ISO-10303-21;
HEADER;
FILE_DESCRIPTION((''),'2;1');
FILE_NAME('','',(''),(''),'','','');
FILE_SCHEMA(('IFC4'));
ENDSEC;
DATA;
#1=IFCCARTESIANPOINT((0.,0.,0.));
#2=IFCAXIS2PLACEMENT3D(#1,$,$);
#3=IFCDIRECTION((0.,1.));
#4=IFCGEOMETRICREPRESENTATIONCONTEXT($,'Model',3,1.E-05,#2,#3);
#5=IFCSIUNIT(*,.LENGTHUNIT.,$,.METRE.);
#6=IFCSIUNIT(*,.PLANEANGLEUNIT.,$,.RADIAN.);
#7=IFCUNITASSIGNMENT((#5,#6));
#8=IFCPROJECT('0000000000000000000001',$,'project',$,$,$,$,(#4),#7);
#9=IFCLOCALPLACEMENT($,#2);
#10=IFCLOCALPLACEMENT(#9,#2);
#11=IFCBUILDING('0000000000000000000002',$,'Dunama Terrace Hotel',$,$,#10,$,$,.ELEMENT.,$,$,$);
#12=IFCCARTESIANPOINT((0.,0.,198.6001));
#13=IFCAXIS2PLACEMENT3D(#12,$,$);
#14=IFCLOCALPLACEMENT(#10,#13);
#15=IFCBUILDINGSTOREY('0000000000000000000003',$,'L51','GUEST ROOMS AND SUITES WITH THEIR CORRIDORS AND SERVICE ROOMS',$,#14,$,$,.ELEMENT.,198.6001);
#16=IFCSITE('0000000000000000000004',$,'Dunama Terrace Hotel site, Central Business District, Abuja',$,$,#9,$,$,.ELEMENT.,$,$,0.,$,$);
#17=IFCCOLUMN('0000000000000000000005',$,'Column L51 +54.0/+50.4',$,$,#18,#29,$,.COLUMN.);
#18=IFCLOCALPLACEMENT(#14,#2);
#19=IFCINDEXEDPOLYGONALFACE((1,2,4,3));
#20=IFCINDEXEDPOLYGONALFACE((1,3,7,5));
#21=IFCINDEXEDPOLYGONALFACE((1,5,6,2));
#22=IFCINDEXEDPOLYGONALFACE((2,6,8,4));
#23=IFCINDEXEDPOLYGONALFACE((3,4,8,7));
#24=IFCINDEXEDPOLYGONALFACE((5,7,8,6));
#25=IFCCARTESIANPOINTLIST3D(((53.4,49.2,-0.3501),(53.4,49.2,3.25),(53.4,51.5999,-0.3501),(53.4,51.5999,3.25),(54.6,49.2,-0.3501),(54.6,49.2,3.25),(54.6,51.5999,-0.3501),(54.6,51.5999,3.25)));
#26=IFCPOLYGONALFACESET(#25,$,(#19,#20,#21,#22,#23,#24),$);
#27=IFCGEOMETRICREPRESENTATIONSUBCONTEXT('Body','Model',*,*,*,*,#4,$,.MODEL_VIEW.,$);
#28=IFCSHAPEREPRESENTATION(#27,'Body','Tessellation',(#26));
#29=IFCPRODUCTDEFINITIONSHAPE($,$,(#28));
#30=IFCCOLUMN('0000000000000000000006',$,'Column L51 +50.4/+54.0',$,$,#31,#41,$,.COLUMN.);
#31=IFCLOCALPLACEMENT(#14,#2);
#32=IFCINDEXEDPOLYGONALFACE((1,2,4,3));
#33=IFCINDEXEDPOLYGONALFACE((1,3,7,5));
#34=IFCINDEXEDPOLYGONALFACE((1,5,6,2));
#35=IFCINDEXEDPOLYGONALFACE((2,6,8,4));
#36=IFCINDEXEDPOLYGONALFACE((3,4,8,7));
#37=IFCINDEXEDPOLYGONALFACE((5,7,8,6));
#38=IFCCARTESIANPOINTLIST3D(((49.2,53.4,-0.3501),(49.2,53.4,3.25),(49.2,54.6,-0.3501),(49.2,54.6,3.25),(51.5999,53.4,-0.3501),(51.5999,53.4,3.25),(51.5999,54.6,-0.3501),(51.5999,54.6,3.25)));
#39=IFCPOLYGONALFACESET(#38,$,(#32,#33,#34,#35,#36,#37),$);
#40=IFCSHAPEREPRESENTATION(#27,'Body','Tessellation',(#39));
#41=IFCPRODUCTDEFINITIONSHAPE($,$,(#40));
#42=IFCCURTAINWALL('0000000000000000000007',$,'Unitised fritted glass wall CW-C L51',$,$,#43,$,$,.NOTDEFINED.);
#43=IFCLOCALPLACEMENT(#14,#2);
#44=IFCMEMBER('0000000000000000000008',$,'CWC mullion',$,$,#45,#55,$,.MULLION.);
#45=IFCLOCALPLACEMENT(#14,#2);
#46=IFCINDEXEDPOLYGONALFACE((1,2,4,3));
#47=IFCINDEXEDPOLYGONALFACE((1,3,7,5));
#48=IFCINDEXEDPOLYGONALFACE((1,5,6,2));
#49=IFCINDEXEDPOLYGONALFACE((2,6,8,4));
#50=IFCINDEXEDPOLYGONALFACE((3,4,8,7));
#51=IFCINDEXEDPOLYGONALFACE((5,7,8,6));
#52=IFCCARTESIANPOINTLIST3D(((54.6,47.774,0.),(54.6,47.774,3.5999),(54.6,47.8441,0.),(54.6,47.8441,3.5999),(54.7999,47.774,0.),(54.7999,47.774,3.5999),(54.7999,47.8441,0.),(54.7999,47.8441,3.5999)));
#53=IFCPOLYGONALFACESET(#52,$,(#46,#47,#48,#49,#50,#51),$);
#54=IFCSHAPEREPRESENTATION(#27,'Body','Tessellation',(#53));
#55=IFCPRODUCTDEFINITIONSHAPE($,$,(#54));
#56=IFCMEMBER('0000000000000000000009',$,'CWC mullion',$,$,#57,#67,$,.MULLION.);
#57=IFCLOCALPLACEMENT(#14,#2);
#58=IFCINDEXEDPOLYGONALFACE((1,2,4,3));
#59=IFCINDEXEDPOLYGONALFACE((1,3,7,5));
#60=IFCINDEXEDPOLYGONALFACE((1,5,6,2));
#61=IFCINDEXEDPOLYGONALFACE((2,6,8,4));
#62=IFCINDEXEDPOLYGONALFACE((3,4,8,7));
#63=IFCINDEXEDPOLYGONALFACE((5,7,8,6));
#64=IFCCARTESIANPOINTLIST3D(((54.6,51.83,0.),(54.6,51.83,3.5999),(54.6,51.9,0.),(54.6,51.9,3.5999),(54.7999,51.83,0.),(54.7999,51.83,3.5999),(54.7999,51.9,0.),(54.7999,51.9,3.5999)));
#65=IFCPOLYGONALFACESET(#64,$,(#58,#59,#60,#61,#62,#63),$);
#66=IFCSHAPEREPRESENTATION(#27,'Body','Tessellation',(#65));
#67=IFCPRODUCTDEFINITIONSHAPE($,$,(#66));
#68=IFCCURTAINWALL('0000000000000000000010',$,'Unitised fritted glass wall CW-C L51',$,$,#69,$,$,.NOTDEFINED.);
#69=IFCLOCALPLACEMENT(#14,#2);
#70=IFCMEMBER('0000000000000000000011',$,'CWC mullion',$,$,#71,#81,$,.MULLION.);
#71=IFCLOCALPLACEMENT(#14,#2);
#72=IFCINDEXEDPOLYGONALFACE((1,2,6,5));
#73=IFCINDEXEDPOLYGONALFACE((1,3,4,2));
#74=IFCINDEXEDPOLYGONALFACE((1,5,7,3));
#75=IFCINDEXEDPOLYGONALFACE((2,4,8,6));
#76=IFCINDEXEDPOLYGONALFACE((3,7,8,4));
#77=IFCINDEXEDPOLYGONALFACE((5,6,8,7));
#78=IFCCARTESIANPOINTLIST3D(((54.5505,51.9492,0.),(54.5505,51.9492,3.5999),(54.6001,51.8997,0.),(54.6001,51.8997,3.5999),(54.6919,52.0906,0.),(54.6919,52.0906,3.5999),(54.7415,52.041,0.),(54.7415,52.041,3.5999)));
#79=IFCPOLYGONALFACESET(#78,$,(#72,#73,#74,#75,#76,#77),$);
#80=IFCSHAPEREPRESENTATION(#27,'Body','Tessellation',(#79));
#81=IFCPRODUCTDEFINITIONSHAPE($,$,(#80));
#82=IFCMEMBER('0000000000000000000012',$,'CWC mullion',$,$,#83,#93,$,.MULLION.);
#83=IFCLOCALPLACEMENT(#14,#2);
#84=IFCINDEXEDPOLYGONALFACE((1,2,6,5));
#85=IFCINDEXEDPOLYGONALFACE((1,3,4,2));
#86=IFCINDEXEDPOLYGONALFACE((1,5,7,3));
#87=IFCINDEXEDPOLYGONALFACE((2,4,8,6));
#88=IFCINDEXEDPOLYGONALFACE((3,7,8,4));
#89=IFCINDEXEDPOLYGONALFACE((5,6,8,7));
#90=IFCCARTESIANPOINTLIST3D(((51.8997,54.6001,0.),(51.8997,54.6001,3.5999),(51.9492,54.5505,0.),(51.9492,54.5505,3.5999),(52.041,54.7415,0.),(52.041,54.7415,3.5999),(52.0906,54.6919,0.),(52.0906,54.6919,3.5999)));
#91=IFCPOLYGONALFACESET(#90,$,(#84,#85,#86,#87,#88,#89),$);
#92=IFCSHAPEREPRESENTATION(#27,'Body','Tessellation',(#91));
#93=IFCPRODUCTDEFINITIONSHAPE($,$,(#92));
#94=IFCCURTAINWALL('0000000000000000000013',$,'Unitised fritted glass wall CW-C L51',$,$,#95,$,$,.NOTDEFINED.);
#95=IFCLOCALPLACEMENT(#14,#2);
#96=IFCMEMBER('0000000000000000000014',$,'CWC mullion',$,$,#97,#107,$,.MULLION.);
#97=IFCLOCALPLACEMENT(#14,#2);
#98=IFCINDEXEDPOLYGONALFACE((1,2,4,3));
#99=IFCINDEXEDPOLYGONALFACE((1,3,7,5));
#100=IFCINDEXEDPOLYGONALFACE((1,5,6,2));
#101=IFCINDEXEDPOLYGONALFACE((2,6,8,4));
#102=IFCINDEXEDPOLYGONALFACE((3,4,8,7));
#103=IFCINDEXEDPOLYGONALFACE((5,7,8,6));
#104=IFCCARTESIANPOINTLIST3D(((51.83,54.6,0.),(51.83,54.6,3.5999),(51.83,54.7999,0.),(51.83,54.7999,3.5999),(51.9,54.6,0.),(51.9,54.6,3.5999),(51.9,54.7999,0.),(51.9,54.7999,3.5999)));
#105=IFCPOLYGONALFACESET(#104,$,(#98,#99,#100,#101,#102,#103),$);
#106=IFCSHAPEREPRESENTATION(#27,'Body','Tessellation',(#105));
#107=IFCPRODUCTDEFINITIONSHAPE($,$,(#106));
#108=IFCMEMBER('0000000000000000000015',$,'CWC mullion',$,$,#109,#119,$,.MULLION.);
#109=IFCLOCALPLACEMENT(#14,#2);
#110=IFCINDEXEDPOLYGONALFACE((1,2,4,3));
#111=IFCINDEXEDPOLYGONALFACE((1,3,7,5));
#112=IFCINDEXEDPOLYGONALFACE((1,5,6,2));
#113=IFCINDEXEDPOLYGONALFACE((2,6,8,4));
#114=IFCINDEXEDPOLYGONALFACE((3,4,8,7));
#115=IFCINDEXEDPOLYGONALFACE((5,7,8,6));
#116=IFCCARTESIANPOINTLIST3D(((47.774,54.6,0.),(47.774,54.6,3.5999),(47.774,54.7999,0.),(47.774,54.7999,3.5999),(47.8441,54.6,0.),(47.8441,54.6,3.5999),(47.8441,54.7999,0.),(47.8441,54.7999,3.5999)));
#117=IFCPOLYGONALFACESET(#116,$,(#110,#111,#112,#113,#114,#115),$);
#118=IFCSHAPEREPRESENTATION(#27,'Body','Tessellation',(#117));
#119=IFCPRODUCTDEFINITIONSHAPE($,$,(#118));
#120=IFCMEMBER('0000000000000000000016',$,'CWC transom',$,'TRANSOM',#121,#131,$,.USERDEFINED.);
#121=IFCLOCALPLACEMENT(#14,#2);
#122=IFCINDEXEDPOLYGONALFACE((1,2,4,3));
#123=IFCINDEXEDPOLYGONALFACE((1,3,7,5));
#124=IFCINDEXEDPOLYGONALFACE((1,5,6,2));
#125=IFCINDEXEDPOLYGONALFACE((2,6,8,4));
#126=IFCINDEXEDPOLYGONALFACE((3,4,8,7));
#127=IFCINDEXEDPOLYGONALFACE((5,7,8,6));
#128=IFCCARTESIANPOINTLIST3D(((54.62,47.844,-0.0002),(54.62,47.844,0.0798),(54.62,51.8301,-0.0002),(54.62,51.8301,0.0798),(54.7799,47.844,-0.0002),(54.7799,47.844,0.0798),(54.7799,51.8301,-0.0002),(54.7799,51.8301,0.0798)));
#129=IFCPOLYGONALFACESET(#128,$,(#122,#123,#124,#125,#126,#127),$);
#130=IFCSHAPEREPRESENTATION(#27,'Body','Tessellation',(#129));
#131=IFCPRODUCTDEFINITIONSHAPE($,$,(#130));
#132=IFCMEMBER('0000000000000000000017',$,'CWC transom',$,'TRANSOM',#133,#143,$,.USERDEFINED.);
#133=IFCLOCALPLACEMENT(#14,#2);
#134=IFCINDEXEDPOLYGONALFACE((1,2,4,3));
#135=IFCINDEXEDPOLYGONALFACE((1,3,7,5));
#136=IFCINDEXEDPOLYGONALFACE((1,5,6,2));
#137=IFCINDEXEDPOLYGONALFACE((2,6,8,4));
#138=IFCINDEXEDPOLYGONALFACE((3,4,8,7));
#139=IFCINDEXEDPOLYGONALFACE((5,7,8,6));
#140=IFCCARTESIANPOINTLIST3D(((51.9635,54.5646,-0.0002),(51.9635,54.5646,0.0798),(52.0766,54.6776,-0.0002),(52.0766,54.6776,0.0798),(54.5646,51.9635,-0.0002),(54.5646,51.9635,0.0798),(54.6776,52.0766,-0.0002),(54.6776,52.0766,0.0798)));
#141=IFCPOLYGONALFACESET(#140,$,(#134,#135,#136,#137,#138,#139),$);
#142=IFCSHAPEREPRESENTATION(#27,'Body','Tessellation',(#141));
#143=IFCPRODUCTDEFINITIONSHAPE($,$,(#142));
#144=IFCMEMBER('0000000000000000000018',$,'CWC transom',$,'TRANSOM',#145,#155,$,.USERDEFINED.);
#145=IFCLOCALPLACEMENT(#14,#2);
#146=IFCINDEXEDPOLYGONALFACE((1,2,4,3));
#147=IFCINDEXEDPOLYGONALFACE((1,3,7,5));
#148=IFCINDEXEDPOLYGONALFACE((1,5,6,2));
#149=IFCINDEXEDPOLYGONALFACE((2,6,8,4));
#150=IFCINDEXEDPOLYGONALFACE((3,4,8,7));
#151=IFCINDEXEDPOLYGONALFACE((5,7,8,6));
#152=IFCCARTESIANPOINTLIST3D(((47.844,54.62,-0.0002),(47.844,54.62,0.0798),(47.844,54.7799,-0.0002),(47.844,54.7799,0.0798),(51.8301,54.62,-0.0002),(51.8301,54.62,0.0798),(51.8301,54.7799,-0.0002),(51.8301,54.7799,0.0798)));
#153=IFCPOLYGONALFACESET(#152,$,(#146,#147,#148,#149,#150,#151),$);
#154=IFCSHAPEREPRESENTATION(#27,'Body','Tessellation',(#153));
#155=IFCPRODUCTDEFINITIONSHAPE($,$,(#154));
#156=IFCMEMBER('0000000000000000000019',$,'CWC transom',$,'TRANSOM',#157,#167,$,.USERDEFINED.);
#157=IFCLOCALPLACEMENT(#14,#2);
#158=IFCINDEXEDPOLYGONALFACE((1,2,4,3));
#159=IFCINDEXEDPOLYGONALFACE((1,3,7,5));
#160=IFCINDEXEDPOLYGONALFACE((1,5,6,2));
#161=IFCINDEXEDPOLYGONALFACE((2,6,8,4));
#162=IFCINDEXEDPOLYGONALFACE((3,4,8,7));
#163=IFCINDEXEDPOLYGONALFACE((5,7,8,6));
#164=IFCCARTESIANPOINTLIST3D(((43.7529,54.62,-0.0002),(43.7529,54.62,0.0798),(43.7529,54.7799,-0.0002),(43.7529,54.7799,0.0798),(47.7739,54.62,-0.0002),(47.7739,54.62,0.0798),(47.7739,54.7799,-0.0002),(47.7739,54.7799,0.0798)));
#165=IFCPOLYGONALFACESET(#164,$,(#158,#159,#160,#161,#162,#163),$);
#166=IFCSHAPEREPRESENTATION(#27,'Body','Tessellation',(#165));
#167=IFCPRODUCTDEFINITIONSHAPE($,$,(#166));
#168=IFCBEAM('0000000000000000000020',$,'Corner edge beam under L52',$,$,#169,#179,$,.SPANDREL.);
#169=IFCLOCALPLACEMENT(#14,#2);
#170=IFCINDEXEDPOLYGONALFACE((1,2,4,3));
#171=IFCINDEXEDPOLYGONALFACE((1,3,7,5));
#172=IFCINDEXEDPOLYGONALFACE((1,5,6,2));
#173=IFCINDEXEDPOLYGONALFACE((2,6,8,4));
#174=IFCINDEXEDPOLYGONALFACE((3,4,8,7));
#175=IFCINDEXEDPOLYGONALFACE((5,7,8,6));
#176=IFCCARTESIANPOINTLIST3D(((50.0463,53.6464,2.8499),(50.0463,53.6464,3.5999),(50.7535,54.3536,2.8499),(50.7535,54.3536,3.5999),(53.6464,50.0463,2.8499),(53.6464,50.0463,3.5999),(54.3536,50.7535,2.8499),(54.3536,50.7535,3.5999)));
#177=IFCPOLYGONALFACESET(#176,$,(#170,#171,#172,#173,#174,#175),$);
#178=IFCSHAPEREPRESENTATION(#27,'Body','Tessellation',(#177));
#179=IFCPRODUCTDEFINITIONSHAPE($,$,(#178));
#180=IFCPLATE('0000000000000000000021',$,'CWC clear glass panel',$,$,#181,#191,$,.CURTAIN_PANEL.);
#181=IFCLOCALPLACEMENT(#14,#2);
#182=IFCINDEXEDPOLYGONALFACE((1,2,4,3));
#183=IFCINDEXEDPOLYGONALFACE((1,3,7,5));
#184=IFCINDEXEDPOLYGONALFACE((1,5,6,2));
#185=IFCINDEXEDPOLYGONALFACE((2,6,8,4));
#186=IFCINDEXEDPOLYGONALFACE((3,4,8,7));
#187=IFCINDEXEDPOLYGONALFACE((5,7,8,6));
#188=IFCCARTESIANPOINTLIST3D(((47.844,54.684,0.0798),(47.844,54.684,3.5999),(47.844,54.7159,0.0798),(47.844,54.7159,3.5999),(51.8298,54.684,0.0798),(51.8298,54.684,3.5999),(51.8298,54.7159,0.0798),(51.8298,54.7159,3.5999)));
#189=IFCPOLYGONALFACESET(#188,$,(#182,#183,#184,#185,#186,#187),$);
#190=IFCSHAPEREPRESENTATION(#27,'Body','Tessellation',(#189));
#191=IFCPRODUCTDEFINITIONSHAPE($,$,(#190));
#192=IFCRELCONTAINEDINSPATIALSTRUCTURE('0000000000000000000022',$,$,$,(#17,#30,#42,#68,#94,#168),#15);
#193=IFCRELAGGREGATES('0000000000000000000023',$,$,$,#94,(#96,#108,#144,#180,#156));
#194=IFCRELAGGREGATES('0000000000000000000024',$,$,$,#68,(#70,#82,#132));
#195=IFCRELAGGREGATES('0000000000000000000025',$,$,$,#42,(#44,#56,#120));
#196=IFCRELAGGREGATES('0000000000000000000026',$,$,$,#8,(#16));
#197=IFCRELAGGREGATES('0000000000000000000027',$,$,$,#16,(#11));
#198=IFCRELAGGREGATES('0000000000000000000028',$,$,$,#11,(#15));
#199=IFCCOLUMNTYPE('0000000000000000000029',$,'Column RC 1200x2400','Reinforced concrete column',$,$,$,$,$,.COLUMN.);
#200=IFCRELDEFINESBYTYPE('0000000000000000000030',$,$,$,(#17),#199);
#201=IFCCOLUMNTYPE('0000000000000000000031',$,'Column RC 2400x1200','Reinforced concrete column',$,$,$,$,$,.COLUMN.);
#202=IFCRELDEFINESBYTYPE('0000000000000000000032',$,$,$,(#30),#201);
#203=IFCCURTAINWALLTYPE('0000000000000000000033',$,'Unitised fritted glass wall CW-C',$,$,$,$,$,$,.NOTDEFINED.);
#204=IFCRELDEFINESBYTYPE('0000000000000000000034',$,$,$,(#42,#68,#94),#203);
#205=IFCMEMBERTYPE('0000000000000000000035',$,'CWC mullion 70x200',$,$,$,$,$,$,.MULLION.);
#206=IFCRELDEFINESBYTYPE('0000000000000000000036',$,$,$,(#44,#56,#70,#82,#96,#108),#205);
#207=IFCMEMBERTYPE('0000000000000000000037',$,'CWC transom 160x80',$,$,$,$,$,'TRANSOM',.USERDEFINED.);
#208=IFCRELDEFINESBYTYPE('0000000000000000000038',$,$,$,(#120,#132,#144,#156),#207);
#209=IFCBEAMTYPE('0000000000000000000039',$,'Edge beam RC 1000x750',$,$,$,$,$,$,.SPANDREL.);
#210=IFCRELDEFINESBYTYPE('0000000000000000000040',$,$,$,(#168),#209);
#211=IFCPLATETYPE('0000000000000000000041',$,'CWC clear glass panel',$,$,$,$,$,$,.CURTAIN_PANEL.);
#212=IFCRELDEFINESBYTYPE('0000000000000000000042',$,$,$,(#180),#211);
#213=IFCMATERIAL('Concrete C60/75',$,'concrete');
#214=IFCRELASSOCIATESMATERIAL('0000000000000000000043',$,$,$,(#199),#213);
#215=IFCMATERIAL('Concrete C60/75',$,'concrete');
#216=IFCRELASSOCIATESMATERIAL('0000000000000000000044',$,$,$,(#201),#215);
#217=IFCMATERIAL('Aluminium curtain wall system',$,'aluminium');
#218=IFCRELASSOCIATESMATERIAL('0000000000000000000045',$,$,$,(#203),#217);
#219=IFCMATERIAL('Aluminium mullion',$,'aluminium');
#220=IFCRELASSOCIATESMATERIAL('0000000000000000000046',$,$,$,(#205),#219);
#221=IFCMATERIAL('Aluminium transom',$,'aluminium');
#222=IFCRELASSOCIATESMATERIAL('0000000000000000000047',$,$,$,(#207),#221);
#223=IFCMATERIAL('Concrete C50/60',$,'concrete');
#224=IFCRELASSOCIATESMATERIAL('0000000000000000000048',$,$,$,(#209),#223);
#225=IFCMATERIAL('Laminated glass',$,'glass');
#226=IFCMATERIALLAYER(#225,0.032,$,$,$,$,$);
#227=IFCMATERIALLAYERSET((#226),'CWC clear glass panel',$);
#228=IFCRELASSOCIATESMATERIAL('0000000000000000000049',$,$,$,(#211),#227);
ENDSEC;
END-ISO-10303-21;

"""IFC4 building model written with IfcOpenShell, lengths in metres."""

from ifc_helpers import new_model, si_unit, direction, frame, origin, origin_2d, place, context, subcontext, project, spatial, rectangle, extrude, material, layer, layer_set, material_profile, profile_set, type_object, element, aggregate, save


model = new_model("IFC4")

# Units and contexts
model_context = context("Model", 3, precision=1e-05, world=origin(), true_north=direction((0.0, 1.0)))
body_context = subcontext(model_context, "Body", "Model", "MODEL_VIEW")
ifc_project = project(units=[si_unit("LENGTHUNIT", "METRE"), si_unit("PLANEANGLEUNIT", "RADIAN")], contexts=[model_context])

# Site, building, storey
site_placement = place(None, origin())
site = spatial("IfcSite", under=ifc_project, at=site_placement, Name="Dunama Terrace Hotel site, Central Business District, Abuja", CompositionType="ELEMENT", RefElevation=0.0)
building_placement = place(site_placement, origin())
building = spatial("IfcBuilding", under=site, at=building_placement, Name="Dunama Terrace Hotel", CompositionType="ELEMENT")
storey_placement = place(building_placement, frame((0.0, 0.0, 198.6001)))
storey = spatial("IfcBuildingStorey", under=building, at=storey_placement, Name="L51", Description="GUEST ROOMS AND SUITES WITH THEIR CORRIDORS AND SERVICE ROOMS", CompositionType="ELEMENT", Elevation=198.6001)

# Columns
ifc_material_1 = material(Name="Concrete C60/75", Category="concrete")
ifc_material_profile_1 = material_profile(ifc_material_1, rectangle(XDim=1.2, YDim=2.3999, at=origin_2d()), Name="RC 1200x2400")
ifc_profile_set_1 = profile_set([ifc_material_profile_1], Name="Concrete C60/75")
column_type_1 = type_object("IfcColumnType", Name="Column RC 1200x2400", Description="Reinforced concrete column", PredefinedType="COLUMN", material=ifc_profile_set_1)
column_1_placement = place(storey_placement, frame((54.0, 50.3999, -0.3501), z_axis=(0.0, 0.0, 1.0), x_axis=(1.0, 0.0, 0.0)))
element("IfcColumn", 1, at=column_1_placement, inside=storey, type_object=column_type_1, Name="Column L51 +54.0/+50.4", PredefinedType="COLUMN", context=body_context, shape_type="SweptSolid", body=[
    extrude(rectangle(XDim=1.2, YDim=2.3999, at=origin_2d()), origin(), (0.0, 0.0, 1.0), 3.6001),
])
ifc_material_2 = material(Name="Concrete C60/75", Category="concrete")
ifc_material_profile_2 = material_profile(ifc_material_2, rectangle(XDim=2.3999, YDim=1.2, at=origin_2d()), Name="RC 2400x1200")
ifc_profile_set_2 = profile_set([ifc_material_profile_2], Name="Concrete C60/75")
column_type_2 = type_object("IfcColumnType", Name="Column RC 2400x1200", Description="Reinforced concrete column", PredefinedType="COLUMN", material=ifc_profile_set_2)
column_2_placement = place(storey_placement, frame((50.3999, 54.0, -0.3501), z_axis=(0.0, 0.0, 1.0), x_axis=(1.0, 0.0, 0.0)))
element("IfcColumn", 2, at=column_2_placement, inside=storey, type_object=column_type_2, Name="Column L51 +50.4/+54.0", PredefinedType="COLUMN", context=body_context, shape_type="SweptSolid", body=[
    extrude(rectangle(XDim=2.3999, YDim=1.2, at=origin_2d()), origin(), (0.0, 0.0, 1.0), 3.6001),
])

# Curtain walls, members
ifc_material_3 = material(Name="Aluminium curtain wall system", Category="aluminium")
curtain_wall_type = type_object("IfcCurtainWallType", Name="Unitised fritted glass wall CW-C", PredefinedType="NOTDEFINED", material=ifc_material_3)
curtain_wall_1_placement = place(storey_placement, origin())
curtain_wall_1 = element("IfcCurtainWall", 3, at=curtain_wall_1_placement, inside=storey, type_object=curtain_wall_type, Name="Unitised fritted glass wall CW-C L51", PredefinedType="NOTDEFINED")
ifc_material_4 = material(Name="Aluminium mullion", Category="aluminium")
ifc_material_profile_3 = material_profile(ifc_material_4, rectangle(XDim=0.0701, YDim=0.2, at=origin_2d()), Name="CWC MULLION 70X200")
ifc_profile_set_3 = profile_set([ifc_material_profile_3], Name="Aluminium mullion")
member_type_1 = type_object("IfcMemberType", Name="CWC mullion 70x200", PredefinedType="MULLION", material=ifc_profile_set_3)
member_1_placement = place(storey_placement, frame((54.7, 47.8091, 0.0), z_axis=(0.0, 0.0, 1.0), x_axis=(0.0, 1.0, 0.0)))
member_1 = element("IfcMember", 4, at=member_1_placement, type_object=member_type_1, Name="CWC mullion", PredefinedType="MULLION", context=body_context, shape_type="SweptSolid", body=[
    extrude(rectangle(XDim=0.0701, YDim=0.2, at=origin_2d()), origin(), (0.0, 0.0, 1.0), 3.5999),
])
member_2_placement = place(storey_placement, frame((54.7, 51.865, 0.0), z_axis=(0.0, 0.0, 1.0), x_axis=(0.0, 1.0, 0.0)))
member_2 = element("IfcMember", 5, at=member_2_placement, type_object=member_type_1, Name="CWC mullion", PredefinedType="MULLION", context=body_context, shape_type="SweptSolid", body=[
    extrude(rectangle(XDim=0.0701, YDim=0.2, at=origin_2d()), origin(), (0.0, 0.0, 1.0), 3.5999),
])
curtain_wall_2_placement = place(storey_placement, origin())
curtain_wall_2 = element("IfcCurtainWall", 6, at=curtain_wall_2_placement, inside=storey, type_object=curtain_wall_type, Name="Unitised fritted glass wall CW-C L51", PredefinedType="NOTDEFINED")
member_3_placement = place(storey_placement, frame((54.646, 51.9951, 0.0), z_axis=(0.0, 0.0, 1.0), x_axis=(-0.707107, 0.707107, 0.0)))
member_3 = element("IfcMember", 7, at=member_3_placement, type_object=member_type_1, Name="CWC mullion", PredefinedType="MULLION", context=body_context, shape_type="SweptSolid", body=[
    extrude(rectangle(XDim=0.0701, YDim=0.2, at=origin_2d()), origin(), (0.0, 0.0, 1.0), 3.5999),
])
member_4_placement = place(storey_placement, frame((51.9951, 54.646, 0.0), z_axis=(0.0, 0.0, 1.0), x_axis=(-0.707107, 0.707107, 0.0)))
member_4 = element("IfcMember", 8, at=member_4_placement, type_object=member_type_1, Name="CWC mullion", PredefinedType="MULLION", context=body_context, shape_type="SweptSolid", body=[
    extrude(rectangle(XDim=0.0701, YDim=0.2, at=origin_2d()), origin(), (0.0, 0.0, 1.0), 3.5999),
])
curtain_wall_3_placement = place(storey_placement, origin())
curtain_wall_3 = element("IfcCurtainWall", 9, at=curtain_wall_3_placement, inside=storey, type_object=curtain_wall_type, Name="Unitised fritted glass wall CW-C L51", PredefinedType="NOTDEFINED")
member_5_placement = place(storey_placement, frame((51.865, 54.7, 0.0), z_axis=(0.0, 0.0, 1.0), x_axis=(-1.0, 0.0, 0.0)))
member_5 = element("IfcMember", 10, at=member_5_placement, type_object=member_type_1, Name="CWC mullion", PredefinedType="MULLION", context=body_context, shape_type="SweptSolid", body=[
    extrude(rectangle(XDim=0.0701, YDim=0.2, at=origin_2d()), origin(), (0.0, 0.0, 1.0), 3.5999),
])
member_6_placement = place(storey_placement, frame((47.8091, 54.7, 0.0), z_axis=(0.0, 0.0, 1.0), x_axis=(-1.0, 0.0, 0.0)))
member_6 = element("IfcMember", 11, at=member_6_placement, type_object=member_type_1, Name="CWC mullion", PredefinedType="MULLION", context=body_context, shape_type="SweptSolid", body=[
    extrude(rectangle(XDim=0.0701, YDim=0.2, at=origin_2d()), origin(), (0.0, 0.0, 1.0), 3.5999),
])

# Members
ifc_material_5 = material(Name="Aluminium transom", Category="aluminium")
ifc_material_profile_4 = material_profile(ifc_material_5, rectangle(XDim=0.1599, YDim=0.0801, at=origin_2d()), Name="CWC TRANSOM 160X80")
ifc_profile_set_4 = profile_set([ifc_material_profile_4], Name="Aluminium transom")
member_type_2 = type_object("IfcMemberType", Name="CWC transom 160x80", ElementType="TRANSOM", PredefinedType="USERDEFINED", material=ifc_profile_set_4)
member_7_placement = place(storey_placement, frame((54.7, 47.844, 0.0398), z_axis=(0.0, 1.0, 0.0), x_axis=(-1.0, 0.0, 0.0)))
member_7 = element("IfcMember", 12, at=member_7_placement, type_object=member_type_2, Name="CWC transom", ObjectType="TRANSOM", PredefinedType="USERDEFINED", context=body_context, shape_type="SweptSolid", body=[
    extrude(rectangle(XDim=0.1599, YDim=0.0801, at=origin_2d()), origin(), (0.0, 0.0, 1.0), 3.9861),
])
member_8_placement = place(storey_placement, frame((54.6211, 52.02, 0.0398), z_axis=(-0.707107, 0.707107, 0.0), x_axis=(-0.707107, -0.707107, 0.0)))
member_8 = element("IfcMember", 13, at=member_8_placement, type_object=member_type_2, Name="CWC transom", ObjectType="TRANSOM", PredefinedType="USERDEFINED", context=body_context, shape_type="SweptSolid", body=[
    extrude(rectangle(XDim=0.1599, YDim=0.0801, at=origin_2d()), origin(), (0.0, 0.0, 1.0), 3.6785),
])
member_9_placement = place(storey_placement, frame((51.8301, 54.7, 0.0398), z_axis=(-1.0, 0.0, 0.0), x_axis=(0.0, -1.0, 0.0)))
member_9 = element("IfcMember", 14, at=member_9_placement, type_object=member_type_2, Name="CWC transom", ObjectType="TRANSOM", PredefinedType="USERDEFINED", context=body_context, shape_type="SweptSolid", body=[
    extrude(rectangle(XDim=0.1599, YDim=0.0801, at=origin_2d()), origin(), (0.0, 0.0, 1.0), 3.9861),
])
member_10_placement = place(storey_placement, frame((47.7739, 54.7, 0.0398), z_axis=(-1.0, 0.0, 0.0), x_axis=(0.0, -1.0, 0.0)))
member_10 = element("IfcMember", 15, at=member_10_placement, type_object=member_type_2, Name="CWC transom", ObjectType="TRANSOM", PredefinedType="USERDEFINED", context=body_context, shape_type="SweptSolid", body=[
    extrude(rectangle(XDim=0.1599, YDim=0.0801, at=origin_2d()), origin(), (0.0, 0.0, 1.0), 4.021),
])

# Beam
ifc_material_6 = material(Name="Concrete C50/60", Category="concrete")
ifc_material_profile_5 = material_profile(ifc_material_6, rectangle(XDim=1.0, YDim=0.75, at=origin_2d()), Name="RC 1000x750")
ifc_profile_set_5 = profile_set([ifc_material_profile_5], Name="Concrete C50/60")
beam_type = type_object("IfcBeamType", Name="Edge beam RC 1000x750", PredefinedType="SPANDREL", material=ifc_profile_set_5)
beam_placement = place(storey_placement, frame((50.3999, 54.0, 3.2249), z_axis=(0.707107, -0.707107, 0.0), x_axis=(0.707107, 0.707107, 0.0)))
element("IfcBeam", 16, at=beam_placement, inside=storey, type_object=beam_type, Name="Corner edge beam under L52", PredefinedType="SPANDREL", context=body_context, shape_type="SweptSolid", body=[
    extrude(rectangle(XDim=1.0, YDim=0.75, at=origin_2d()), origin(), (0.0, 0.0, 1.0), 5.0913),
])

# Plate
ifc_material_7 = material(Name="Laminated glass", Category="glass")
ifc_layer_1 = layer(ifc_material_7, 0.032)
ifc_layer_set_1 = layer_set([ifc_layer_1], Name="CWC clear glass panel")
plate_type_1 = type_object("IfcPlateType", Name="CWC clear glass panel", PredefinedType="CURTAIN_PANEL", material=ifc_layer_set_1)
plate_1_placement = place(storey_placement, frame((49.8369, 54.7, 0.0798), z_axis=(0.0, 0.0, 1.0), x_axis=(-1.0, 0.0, 0.0)))
plate_1 = element("IfcPlate", 17, at=plate_1_placement, type_object=plate_type_1, Name="CWC clear glass panel", PredefinedType="CURTAIN_PANEL", context=body_context, shape_type="SweptSolid", body=[
    extrude(rectangle(XDim=3.9858, YDim=0.032, at=origin_2d()), origin(), (0.0, 0.0, 1.0), 3.52),
])
aggregate(curtain_wall_3, [member_5, member_6, member_9, plate_1, member_10])
aggregate(curtain_wall_2, [member_3, member_4, member_8])
aggregate(curtain_wall_1, [member_1, member_2, member_7])

save(model, "model.ifc")
